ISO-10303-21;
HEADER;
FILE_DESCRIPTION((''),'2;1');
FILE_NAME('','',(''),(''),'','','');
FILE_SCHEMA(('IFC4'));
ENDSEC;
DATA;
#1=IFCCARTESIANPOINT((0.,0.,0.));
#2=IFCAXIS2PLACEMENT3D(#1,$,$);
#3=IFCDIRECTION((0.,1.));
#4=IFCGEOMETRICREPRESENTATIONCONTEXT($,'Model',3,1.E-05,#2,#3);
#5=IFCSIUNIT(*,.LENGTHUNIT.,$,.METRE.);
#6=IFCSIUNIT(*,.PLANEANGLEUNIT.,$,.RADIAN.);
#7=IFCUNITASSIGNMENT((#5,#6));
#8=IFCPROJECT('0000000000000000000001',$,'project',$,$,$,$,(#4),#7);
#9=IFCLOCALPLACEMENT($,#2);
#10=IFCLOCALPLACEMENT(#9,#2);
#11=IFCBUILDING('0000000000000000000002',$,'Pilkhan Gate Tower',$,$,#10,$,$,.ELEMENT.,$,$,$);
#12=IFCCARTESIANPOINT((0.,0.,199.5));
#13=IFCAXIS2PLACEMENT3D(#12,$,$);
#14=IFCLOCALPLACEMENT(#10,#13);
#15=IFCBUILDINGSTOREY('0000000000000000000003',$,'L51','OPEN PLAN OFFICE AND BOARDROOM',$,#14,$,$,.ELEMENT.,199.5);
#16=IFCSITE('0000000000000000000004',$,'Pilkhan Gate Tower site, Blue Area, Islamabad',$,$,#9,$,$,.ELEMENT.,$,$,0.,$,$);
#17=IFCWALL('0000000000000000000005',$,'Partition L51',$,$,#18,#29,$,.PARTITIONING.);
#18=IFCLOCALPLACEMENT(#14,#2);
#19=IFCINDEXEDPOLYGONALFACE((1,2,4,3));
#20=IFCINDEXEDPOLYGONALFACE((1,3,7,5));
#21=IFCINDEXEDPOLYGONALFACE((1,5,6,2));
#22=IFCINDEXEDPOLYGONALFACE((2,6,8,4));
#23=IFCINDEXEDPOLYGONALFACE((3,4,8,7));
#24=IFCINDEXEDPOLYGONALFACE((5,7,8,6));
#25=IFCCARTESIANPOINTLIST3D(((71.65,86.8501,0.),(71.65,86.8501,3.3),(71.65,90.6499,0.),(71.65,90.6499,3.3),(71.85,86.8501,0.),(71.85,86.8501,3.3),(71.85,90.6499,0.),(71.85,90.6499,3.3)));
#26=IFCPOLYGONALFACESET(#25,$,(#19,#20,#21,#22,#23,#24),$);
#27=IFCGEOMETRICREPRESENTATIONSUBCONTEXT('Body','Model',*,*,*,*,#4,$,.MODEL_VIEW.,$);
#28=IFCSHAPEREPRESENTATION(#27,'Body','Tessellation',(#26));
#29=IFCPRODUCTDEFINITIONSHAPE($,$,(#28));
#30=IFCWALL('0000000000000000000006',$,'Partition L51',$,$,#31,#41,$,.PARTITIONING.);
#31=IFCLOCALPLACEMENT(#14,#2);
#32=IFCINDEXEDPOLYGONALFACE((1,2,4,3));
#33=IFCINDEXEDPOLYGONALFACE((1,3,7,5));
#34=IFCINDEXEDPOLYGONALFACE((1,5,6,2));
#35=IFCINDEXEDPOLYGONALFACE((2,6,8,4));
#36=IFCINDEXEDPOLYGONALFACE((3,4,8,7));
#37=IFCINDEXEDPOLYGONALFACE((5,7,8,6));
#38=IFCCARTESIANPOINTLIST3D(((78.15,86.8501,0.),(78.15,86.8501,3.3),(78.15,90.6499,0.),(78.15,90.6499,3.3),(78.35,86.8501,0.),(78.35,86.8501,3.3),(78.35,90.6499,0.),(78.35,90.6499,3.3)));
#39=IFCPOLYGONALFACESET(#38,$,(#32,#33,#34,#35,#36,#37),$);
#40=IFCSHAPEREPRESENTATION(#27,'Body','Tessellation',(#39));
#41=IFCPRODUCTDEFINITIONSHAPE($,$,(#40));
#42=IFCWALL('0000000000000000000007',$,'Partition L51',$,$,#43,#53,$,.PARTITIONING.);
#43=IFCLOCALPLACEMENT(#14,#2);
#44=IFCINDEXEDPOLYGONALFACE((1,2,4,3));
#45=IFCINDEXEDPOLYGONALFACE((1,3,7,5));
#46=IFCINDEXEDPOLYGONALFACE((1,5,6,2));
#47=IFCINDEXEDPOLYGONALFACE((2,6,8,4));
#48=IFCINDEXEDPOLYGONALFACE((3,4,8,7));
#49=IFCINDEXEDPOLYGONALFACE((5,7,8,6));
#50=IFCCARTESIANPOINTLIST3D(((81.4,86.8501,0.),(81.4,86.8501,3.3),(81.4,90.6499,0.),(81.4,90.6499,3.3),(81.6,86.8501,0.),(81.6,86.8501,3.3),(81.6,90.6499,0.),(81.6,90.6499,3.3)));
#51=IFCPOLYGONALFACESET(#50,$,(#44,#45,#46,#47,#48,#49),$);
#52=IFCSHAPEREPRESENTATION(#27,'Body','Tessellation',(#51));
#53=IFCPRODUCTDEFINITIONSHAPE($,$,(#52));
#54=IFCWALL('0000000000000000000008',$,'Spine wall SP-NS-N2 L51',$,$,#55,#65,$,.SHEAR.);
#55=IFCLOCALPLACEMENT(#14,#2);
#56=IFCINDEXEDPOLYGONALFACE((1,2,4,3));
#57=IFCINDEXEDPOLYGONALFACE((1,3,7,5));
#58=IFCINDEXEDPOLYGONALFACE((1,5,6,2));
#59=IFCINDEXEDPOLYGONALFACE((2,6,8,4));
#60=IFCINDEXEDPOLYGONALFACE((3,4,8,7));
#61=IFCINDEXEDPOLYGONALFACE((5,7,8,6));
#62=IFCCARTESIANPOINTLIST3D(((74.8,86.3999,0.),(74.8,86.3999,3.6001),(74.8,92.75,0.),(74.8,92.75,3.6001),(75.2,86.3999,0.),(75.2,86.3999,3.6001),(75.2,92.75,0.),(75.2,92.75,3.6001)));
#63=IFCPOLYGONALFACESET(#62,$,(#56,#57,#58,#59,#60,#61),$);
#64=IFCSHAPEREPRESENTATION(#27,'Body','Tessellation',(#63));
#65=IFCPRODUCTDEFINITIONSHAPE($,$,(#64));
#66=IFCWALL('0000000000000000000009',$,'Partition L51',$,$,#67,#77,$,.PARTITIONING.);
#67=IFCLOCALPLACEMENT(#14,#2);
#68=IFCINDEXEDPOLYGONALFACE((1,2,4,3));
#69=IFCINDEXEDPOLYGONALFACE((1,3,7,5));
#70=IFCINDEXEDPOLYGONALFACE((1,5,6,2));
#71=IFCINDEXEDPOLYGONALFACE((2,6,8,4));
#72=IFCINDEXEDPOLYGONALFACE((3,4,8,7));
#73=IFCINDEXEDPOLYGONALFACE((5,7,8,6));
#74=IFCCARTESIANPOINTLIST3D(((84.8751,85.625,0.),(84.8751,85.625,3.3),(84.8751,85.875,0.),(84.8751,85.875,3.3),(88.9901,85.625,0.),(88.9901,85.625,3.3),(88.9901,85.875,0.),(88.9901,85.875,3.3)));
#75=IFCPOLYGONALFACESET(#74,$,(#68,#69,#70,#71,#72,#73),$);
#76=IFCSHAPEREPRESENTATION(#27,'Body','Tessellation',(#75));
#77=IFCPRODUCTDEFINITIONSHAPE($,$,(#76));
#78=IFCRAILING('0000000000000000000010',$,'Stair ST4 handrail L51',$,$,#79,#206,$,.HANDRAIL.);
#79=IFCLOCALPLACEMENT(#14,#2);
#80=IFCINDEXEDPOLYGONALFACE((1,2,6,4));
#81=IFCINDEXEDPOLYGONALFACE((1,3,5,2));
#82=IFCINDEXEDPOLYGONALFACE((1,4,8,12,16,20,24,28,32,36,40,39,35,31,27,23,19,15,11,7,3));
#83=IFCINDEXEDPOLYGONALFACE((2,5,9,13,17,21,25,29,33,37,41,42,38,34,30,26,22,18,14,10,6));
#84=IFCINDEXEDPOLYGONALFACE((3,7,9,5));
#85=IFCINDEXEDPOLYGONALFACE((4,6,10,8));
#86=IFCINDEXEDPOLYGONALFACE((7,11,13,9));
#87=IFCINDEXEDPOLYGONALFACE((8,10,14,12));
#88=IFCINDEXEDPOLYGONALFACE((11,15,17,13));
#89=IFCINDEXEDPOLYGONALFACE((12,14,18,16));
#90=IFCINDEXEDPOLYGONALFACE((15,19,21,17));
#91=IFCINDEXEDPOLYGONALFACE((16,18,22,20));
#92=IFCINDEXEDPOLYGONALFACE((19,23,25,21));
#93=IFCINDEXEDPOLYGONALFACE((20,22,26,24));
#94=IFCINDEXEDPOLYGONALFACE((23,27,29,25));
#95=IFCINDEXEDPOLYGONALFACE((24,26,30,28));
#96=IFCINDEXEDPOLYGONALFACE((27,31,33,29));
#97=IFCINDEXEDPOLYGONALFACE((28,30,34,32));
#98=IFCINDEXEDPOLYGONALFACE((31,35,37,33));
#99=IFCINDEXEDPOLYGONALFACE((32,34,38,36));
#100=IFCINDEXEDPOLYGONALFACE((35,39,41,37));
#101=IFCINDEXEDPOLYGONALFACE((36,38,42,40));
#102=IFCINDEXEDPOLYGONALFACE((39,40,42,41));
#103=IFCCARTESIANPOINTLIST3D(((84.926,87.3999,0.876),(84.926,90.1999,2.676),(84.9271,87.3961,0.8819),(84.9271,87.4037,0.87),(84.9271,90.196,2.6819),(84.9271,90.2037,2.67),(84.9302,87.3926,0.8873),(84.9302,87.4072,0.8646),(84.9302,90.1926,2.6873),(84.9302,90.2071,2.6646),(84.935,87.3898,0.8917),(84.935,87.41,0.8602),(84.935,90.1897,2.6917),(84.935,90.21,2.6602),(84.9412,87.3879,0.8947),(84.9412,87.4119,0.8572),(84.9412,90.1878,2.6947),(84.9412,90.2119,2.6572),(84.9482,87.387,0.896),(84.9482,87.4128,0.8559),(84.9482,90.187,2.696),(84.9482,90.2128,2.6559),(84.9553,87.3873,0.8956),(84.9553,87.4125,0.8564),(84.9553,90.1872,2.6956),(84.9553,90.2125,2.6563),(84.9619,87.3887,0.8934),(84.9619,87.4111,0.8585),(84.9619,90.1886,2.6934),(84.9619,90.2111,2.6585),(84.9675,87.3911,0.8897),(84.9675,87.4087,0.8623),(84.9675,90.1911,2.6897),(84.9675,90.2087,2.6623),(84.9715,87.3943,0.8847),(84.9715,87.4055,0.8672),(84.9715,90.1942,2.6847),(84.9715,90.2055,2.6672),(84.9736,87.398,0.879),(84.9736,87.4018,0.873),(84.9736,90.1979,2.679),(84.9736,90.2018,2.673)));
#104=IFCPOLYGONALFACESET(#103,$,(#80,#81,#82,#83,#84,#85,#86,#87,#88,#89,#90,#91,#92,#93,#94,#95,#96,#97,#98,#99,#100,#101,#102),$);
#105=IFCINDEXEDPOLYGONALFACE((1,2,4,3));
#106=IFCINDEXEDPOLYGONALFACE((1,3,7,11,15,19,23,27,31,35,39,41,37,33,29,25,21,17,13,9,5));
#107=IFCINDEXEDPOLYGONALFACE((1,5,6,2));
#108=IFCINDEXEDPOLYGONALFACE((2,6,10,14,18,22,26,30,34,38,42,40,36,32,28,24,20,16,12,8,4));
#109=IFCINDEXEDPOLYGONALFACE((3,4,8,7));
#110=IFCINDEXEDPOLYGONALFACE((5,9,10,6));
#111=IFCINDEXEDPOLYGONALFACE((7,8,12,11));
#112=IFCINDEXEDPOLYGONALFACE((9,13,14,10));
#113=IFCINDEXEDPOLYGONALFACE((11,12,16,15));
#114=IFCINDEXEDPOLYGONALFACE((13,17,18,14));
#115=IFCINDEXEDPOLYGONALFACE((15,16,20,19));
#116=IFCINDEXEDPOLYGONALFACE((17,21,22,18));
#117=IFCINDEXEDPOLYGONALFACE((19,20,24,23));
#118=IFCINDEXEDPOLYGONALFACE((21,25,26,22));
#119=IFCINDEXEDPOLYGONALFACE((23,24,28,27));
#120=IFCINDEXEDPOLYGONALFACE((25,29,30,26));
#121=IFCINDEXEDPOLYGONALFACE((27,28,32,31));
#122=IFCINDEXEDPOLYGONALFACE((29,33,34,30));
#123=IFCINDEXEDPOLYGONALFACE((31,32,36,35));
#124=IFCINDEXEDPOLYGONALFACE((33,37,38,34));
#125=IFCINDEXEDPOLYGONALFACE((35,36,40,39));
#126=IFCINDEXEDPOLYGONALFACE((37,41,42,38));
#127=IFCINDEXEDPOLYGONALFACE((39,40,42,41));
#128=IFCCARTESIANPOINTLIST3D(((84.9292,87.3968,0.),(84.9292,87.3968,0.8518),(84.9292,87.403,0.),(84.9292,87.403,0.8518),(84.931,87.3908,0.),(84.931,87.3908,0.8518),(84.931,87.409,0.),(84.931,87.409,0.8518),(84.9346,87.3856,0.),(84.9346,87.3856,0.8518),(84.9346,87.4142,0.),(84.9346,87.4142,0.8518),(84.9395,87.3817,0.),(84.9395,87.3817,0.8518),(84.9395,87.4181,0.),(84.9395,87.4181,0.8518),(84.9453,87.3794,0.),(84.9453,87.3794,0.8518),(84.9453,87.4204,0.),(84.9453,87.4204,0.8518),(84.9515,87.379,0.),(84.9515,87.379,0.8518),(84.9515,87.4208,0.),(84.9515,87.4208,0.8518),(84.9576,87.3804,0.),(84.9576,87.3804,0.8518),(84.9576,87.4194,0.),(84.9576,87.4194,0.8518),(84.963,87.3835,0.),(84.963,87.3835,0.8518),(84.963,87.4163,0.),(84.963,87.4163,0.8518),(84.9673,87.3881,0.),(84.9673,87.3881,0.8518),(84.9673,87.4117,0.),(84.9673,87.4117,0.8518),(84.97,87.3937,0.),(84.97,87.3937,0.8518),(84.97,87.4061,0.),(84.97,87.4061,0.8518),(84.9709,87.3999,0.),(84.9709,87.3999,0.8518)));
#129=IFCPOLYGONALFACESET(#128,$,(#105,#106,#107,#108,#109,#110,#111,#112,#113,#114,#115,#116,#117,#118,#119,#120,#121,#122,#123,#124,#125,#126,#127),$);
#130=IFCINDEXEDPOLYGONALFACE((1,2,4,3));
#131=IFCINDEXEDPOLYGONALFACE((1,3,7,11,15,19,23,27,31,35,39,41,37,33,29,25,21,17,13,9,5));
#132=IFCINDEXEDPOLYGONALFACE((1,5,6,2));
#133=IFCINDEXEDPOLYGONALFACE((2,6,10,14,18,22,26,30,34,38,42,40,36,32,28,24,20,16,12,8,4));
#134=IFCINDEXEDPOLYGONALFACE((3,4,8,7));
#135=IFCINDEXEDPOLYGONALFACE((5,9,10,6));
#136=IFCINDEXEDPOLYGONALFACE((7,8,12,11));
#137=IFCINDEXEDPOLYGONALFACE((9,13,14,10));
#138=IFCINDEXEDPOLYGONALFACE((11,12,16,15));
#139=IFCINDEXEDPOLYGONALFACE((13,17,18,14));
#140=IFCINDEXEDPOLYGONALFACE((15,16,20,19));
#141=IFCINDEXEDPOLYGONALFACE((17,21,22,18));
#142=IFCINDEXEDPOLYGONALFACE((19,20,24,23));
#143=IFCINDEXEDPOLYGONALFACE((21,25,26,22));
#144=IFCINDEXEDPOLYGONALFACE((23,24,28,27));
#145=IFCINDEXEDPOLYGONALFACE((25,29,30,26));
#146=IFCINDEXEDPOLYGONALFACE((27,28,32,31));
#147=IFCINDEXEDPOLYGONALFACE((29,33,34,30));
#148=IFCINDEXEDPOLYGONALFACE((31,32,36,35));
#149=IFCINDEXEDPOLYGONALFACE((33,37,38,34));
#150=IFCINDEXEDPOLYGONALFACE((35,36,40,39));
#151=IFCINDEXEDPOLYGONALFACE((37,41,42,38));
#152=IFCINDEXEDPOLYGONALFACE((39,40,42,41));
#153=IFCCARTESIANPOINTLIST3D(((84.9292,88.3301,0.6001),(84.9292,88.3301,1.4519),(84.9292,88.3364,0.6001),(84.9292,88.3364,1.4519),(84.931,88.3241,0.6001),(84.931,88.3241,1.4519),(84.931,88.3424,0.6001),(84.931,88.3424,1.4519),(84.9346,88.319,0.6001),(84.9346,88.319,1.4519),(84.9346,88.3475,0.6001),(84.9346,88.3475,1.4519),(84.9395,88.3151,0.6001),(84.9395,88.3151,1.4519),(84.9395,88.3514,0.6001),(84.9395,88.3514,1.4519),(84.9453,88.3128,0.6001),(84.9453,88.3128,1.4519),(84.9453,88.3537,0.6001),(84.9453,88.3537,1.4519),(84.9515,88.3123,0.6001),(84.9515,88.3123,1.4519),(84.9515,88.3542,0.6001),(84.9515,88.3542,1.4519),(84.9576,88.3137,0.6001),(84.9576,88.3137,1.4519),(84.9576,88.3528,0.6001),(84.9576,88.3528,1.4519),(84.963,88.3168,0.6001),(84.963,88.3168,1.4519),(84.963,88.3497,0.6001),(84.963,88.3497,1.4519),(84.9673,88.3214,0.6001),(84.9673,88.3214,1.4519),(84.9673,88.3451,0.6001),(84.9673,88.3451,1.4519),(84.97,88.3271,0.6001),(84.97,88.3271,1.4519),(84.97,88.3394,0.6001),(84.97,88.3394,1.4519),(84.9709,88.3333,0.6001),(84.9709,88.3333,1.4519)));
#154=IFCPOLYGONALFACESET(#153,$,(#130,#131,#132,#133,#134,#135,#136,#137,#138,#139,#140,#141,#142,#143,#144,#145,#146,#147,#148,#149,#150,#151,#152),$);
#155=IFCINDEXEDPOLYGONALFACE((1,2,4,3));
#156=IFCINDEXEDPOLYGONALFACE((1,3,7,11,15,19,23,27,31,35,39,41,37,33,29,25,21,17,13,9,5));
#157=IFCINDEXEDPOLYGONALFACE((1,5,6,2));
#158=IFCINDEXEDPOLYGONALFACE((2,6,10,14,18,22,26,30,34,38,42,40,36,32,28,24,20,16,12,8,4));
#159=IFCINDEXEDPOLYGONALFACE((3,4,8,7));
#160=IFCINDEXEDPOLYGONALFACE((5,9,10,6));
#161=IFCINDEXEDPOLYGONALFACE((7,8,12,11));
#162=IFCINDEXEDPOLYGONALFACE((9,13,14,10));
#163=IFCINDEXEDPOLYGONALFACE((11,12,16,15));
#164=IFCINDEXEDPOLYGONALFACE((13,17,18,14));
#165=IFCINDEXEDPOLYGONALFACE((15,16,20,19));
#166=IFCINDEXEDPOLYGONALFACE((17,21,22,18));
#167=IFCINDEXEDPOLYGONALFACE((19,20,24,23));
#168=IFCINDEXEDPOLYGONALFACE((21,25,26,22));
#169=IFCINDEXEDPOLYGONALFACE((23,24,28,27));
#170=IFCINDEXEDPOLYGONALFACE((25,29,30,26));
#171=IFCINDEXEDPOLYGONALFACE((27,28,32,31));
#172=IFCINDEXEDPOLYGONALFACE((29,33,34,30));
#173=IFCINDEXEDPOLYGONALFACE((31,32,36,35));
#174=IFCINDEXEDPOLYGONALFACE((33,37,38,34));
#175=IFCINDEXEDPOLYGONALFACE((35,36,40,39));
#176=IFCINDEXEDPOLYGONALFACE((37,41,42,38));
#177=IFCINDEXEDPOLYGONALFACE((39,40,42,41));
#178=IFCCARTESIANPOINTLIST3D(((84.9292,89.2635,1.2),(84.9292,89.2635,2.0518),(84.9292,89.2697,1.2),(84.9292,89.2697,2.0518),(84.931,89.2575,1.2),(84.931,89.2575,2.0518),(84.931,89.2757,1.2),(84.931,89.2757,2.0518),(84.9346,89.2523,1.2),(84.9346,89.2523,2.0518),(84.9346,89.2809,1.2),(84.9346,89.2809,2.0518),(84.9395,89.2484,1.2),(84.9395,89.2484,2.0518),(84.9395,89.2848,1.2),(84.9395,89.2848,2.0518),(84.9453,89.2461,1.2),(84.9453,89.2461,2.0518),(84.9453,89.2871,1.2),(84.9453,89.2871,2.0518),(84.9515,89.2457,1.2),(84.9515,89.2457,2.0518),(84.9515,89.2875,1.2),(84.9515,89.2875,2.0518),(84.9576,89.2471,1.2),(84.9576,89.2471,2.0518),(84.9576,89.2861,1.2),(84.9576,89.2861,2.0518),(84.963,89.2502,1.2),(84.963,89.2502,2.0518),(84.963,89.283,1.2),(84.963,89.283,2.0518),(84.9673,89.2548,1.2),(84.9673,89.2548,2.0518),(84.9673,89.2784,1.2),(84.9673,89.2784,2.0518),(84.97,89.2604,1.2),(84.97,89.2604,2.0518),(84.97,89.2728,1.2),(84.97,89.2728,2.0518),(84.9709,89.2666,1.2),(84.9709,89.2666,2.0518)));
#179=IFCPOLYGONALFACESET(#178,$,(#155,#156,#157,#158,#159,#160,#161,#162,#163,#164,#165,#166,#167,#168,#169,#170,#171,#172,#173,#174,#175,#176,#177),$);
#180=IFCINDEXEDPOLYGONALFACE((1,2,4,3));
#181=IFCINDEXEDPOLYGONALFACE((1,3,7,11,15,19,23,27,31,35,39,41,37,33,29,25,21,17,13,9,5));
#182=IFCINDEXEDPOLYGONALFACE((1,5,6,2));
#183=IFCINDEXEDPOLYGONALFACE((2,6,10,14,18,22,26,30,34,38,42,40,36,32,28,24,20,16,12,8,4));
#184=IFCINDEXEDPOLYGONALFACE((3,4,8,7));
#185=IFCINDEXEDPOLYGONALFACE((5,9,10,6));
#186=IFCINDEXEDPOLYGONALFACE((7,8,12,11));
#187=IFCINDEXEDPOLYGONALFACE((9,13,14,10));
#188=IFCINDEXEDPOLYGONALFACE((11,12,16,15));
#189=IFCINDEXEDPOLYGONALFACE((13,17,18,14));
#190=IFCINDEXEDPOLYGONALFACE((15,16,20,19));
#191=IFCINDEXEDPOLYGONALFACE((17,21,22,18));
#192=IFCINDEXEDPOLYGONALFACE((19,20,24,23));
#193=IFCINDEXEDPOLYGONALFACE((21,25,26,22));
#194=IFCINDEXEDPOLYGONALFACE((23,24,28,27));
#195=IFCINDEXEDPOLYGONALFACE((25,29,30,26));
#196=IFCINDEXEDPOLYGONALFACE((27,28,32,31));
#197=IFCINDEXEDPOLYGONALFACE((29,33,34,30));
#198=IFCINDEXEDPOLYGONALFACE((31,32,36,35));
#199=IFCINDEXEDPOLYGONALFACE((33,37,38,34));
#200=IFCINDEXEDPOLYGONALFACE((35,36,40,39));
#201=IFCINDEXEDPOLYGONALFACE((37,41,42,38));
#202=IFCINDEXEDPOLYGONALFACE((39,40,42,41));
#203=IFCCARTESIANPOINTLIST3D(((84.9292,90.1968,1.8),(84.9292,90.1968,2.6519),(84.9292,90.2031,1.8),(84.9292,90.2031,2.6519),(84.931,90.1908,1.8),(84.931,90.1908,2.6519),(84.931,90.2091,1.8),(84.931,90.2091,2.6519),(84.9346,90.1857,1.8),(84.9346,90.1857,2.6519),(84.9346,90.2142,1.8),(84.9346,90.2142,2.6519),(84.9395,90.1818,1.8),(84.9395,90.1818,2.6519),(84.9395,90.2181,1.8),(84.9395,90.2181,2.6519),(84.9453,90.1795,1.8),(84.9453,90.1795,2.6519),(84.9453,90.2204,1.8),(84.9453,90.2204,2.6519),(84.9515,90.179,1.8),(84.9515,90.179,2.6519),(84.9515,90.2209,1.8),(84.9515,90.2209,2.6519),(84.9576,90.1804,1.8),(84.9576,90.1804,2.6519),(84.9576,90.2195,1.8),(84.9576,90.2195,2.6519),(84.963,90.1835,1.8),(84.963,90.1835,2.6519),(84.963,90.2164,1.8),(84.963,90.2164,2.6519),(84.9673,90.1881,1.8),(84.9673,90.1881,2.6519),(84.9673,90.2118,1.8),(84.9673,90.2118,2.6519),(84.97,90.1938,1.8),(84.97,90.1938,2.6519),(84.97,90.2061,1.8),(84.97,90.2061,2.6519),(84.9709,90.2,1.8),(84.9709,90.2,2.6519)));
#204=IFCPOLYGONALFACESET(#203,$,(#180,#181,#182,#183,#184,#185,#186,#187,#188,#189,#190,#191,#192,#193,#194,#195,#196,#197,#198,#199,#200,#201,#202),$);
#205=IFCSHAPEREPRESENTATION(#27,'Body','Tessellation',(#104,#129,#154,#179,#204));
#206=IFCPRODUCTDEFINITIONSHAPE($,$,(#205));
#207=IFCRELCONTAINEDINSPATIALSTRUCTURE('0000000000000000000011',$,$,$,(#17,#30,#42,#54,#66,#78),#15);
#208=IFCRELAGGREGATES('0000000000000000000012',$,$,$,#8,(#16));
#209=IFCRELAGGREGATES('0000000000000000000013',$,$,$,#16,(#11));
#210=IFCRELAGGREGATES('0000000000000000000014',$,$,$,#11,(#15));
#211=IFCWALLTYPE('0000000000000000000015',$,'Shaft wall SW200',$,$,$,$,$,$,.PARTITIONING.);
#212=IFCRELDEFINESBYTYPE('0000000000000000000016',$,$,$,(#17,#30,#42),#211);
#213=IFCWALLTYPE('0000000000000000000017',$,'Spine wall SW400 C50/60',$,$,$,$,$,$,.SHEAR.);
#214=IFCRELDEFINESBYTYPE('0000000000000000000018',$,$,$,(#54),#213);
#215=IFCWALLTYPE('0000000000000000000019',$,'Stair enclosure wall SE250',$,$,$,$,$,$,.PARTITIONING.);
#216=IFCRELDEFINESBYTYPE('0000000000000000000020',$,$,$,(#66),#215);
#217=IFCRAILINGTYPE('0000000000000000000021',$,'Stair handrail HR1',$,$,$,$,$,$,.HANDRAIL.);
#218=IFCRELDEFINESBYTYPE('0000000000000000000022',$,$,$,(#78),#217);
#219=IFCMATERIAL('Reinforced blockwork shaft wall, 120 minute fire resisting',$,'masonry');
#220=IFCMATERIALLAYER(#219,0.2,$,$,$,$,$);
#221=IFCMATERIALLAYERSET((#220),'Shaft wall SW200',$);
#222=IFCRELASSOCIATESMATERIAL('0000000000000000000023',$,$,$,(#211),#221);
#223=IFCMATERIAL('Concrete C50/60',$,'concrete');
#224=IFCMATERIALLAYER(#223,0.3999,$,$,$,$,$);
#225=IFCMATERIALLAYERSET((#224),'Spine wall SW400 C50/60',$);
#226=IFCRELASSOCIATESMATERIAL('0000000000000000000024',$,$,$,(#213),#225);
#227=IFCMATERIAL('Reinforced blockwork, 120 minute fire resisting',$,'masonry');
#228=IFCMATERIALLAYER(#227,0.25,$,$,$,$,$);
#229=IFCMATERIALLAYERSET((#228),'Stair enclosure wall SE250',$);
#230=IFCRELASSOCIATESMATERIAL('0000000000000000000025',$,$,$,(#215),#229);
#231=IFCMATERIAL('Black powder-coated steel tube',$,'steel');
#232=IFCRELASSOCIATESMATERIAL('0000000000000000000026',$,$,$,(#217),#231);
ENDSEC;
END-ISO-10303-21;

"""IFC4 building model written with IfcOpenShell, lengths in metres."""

from ifc_helpers import new_model, si_unit, direction, frame, frame_2d, origin, origin_2d, place, context, subcontext, project, spatial, rectangle, circle, extrude, material, layer, layer_set, type_object, element, save


model = new_model("IFC4")

# Units and contexts
model_context = context("Model", 3, precision=1e-05, world=origin(), true_north=direction((0.0, 1.0)))
body_context = subcontext(model_context, "Body", "Model", "MODEL_VIEW")
ifc_project = project(units=[si_unit("LENGTHUNIT", "METRE"), si_unit("PLANEANGLEUNIT", "RADIAN")], contexts=[model_context])

# Site, building, storey
site_placement = place(None, origin())
site = spatial("IfcSite", under=ifc_project, at=site_placement, Name="Pilkhan Gate Tower site, Blue Area, Islamabad", CompositionType="ELEMENT", RefElevation=0.0)
building_placement = place(site_placement, origin())
building = spatial("IfcBuilding", under=site, at=building_placement, Name="Pilkhan Gate Tower", CompositionType="ELEMENT")
storey_placement = place(building_placement, frame((0.0, 0.0, 199.5)))
storey = spatial("IfcBuildingStorey", under=building, at=storey_placement, Name="L51", Description="OPEN PLAN OFFICE AND BOARDROOM", CompositionType="ELEMENT", Elevation=199.5)

# Shared definitions
ifc_material_1 = material(Name="Reinforced blockwork shaft wall, 120 minute fire resisting", Category="masonry")
ifc_layer_1 = layer(ifc_material_1, 0.2)
ifc_layer_set_1 = layer_set([ifc_layer_1], Name="Shaft wall SW200")
wall_type_1 = type_object("IfcWallType", Name="Shaft wall SW200", PredefinedType="PARTITIONING", material=ifc_layer_set_1)

# Walls
for number, where, z_axis, x_axis, name in (
    (1, (71.75, 86.8501, 0.0), (0.0, 0.0, 1.0), (0.0, 1.0, 0.0), "Partition L51"),
    (2, (78.25, 86.8501, 0.0), (0.0, 0.0, 1.0), (0.0, 1.0, 0.0), "Partition L51"),
    (3, (81.5, 86.8501, 0.0), (0.0, 0.0, 1.0), (0.0, 1.0, 0.0), "Partition L51"),
):
    element("IfcWall", number, at=place(storey_placement, frame(where, z_axis=z_axis, x_axis=x_axis)), inside=storey, type_object=wall_type_1, Name=name, PredefinedType="PARTITIONING", context=body_context, shape_type="SweptSolid", body=[
        extrude(rectangle(XDim=3.7998, YDim=0.2, at=frame_2d((1.8999, 0.0))), origin(), (0.0, 0.0, 1.0), 3.3),
    ])
ifc_material_2 = material(Name="Concrete C50/60", Category="concrete")
ifc_layer_2 = layer(ifc_material_2, 0.3999)
ifc_layer_set_2 = layer_set([ifc_layer_2], Name="Spine wall SW400 C50/60")
wall_type_2 = type_object("IfcWallType", Name="Spine wall SW400 C50/60", PredefinedType="SHEAR", material=ifc_layer_set_2)
wall_1_placement = place(storey_placement, frame((75.0, 86.3999, 0.0), z_axis=(0.0, 0.0, 1.0), x_axis=(0.0, 1.0, 0.0)))
element("IfcWall", 4, at=wall_1_placement, inside=storey, type_object=wall_type_2, Name="Spine wall SP-NS-N2 L51", PredefinedType="SHEAR", context=body_context, shape_type="SweptSolid", body=[
    extrude(rectangle(XDim=6.3501, YDim=0.3999, at=frame_2d((3.175, 0.0))), origin(), (0.0, 0.0, 1.0), 3.6001),
])
ifc_material_3 = material(Name="Reinforced blockwork, 120 minute fire resisting", Category="masonry")
ifc_layer_3 = layer(ifc_material_3, 0.25)
ifc_layer_set_3 = layer_set([ifc_layer_3], Name="Stair enclosure wall SE250")
wall_type_3 = type_object("IfcWallType", Name="Stair enclosure wall SE250", PredefinedType="PARTITIONING", material=ifc_layer_set_3)
wall_2_placement = place(storey_placement, frame((84.875, 85.75, 0.0), z_axis=(0.0, 0.0, 1.0), x_axis=(1.0, 0.0, 0.0)))
element("IfcWall", 5, at=wall_2_placement, inside=storey, type_object=wall_type_3, Name="Partition L51", PredefinedType="PARTITIONING", context=body_context, shape_type="SweptSolid", body=[
    extrude(rectangle(XDim=4.115, YDim=0.25, at=frame_2d((2.0576, 0.0))), origin(), (0.0, 0.0, 1.0), 3.3),
])

# Railing
ifc_material_4 = material(Name="Black powder-coated steel tube", Category="steel")
railing_type = type_object("IfcRailingType", Name="Stair handrail HR1", PredefinedType="HANDRAIL", material=ifc_material_4)
railing_placement = place(storey_placement, frame((84.95, 87.3999, 0.0)))
element("IfcRailing", 6, at=railing_placement, inside=storey, type_object=railing_type, Name="Stair ST4 handrail L51", PredefinedType="HANDRAIL", context=body_context, shape_type="SweptSolid", body=[
    extrude(circle(Radius=0.0239, at=origin_2d()), frame((0.0, 0.0, 0.876), z_axis=(0.0, 0.841176, 0.540761), x_axis=(-1.0, 0.0, 0.0)), (0.0, 0.0, 1.0), 3.3286),
    extrude(circle(Radius=0.021, at=origin_2d()), origin(), (0.0, 0.0, 1.0), 0.8518),
    extrude(circle(Radius=0.021, at=origin_2d()), frame((0.0, 0.9333, 0.6001)), (0.0, 0.0, 1.0), 0.8518),
    extrude(circle(Radius=0.021, at=origin_2d()), frame((0.0, 1.8667, 1.2)), (0.0, 0.0, 1.0), 0.8518),
    extrude(circle(Radius=0.021, at=origin_2d()), frame((0.0, 2.8, 1.8)), (0.0, 0.0, 1.0), 0.8518),
])

save(model, "model.ifc")
